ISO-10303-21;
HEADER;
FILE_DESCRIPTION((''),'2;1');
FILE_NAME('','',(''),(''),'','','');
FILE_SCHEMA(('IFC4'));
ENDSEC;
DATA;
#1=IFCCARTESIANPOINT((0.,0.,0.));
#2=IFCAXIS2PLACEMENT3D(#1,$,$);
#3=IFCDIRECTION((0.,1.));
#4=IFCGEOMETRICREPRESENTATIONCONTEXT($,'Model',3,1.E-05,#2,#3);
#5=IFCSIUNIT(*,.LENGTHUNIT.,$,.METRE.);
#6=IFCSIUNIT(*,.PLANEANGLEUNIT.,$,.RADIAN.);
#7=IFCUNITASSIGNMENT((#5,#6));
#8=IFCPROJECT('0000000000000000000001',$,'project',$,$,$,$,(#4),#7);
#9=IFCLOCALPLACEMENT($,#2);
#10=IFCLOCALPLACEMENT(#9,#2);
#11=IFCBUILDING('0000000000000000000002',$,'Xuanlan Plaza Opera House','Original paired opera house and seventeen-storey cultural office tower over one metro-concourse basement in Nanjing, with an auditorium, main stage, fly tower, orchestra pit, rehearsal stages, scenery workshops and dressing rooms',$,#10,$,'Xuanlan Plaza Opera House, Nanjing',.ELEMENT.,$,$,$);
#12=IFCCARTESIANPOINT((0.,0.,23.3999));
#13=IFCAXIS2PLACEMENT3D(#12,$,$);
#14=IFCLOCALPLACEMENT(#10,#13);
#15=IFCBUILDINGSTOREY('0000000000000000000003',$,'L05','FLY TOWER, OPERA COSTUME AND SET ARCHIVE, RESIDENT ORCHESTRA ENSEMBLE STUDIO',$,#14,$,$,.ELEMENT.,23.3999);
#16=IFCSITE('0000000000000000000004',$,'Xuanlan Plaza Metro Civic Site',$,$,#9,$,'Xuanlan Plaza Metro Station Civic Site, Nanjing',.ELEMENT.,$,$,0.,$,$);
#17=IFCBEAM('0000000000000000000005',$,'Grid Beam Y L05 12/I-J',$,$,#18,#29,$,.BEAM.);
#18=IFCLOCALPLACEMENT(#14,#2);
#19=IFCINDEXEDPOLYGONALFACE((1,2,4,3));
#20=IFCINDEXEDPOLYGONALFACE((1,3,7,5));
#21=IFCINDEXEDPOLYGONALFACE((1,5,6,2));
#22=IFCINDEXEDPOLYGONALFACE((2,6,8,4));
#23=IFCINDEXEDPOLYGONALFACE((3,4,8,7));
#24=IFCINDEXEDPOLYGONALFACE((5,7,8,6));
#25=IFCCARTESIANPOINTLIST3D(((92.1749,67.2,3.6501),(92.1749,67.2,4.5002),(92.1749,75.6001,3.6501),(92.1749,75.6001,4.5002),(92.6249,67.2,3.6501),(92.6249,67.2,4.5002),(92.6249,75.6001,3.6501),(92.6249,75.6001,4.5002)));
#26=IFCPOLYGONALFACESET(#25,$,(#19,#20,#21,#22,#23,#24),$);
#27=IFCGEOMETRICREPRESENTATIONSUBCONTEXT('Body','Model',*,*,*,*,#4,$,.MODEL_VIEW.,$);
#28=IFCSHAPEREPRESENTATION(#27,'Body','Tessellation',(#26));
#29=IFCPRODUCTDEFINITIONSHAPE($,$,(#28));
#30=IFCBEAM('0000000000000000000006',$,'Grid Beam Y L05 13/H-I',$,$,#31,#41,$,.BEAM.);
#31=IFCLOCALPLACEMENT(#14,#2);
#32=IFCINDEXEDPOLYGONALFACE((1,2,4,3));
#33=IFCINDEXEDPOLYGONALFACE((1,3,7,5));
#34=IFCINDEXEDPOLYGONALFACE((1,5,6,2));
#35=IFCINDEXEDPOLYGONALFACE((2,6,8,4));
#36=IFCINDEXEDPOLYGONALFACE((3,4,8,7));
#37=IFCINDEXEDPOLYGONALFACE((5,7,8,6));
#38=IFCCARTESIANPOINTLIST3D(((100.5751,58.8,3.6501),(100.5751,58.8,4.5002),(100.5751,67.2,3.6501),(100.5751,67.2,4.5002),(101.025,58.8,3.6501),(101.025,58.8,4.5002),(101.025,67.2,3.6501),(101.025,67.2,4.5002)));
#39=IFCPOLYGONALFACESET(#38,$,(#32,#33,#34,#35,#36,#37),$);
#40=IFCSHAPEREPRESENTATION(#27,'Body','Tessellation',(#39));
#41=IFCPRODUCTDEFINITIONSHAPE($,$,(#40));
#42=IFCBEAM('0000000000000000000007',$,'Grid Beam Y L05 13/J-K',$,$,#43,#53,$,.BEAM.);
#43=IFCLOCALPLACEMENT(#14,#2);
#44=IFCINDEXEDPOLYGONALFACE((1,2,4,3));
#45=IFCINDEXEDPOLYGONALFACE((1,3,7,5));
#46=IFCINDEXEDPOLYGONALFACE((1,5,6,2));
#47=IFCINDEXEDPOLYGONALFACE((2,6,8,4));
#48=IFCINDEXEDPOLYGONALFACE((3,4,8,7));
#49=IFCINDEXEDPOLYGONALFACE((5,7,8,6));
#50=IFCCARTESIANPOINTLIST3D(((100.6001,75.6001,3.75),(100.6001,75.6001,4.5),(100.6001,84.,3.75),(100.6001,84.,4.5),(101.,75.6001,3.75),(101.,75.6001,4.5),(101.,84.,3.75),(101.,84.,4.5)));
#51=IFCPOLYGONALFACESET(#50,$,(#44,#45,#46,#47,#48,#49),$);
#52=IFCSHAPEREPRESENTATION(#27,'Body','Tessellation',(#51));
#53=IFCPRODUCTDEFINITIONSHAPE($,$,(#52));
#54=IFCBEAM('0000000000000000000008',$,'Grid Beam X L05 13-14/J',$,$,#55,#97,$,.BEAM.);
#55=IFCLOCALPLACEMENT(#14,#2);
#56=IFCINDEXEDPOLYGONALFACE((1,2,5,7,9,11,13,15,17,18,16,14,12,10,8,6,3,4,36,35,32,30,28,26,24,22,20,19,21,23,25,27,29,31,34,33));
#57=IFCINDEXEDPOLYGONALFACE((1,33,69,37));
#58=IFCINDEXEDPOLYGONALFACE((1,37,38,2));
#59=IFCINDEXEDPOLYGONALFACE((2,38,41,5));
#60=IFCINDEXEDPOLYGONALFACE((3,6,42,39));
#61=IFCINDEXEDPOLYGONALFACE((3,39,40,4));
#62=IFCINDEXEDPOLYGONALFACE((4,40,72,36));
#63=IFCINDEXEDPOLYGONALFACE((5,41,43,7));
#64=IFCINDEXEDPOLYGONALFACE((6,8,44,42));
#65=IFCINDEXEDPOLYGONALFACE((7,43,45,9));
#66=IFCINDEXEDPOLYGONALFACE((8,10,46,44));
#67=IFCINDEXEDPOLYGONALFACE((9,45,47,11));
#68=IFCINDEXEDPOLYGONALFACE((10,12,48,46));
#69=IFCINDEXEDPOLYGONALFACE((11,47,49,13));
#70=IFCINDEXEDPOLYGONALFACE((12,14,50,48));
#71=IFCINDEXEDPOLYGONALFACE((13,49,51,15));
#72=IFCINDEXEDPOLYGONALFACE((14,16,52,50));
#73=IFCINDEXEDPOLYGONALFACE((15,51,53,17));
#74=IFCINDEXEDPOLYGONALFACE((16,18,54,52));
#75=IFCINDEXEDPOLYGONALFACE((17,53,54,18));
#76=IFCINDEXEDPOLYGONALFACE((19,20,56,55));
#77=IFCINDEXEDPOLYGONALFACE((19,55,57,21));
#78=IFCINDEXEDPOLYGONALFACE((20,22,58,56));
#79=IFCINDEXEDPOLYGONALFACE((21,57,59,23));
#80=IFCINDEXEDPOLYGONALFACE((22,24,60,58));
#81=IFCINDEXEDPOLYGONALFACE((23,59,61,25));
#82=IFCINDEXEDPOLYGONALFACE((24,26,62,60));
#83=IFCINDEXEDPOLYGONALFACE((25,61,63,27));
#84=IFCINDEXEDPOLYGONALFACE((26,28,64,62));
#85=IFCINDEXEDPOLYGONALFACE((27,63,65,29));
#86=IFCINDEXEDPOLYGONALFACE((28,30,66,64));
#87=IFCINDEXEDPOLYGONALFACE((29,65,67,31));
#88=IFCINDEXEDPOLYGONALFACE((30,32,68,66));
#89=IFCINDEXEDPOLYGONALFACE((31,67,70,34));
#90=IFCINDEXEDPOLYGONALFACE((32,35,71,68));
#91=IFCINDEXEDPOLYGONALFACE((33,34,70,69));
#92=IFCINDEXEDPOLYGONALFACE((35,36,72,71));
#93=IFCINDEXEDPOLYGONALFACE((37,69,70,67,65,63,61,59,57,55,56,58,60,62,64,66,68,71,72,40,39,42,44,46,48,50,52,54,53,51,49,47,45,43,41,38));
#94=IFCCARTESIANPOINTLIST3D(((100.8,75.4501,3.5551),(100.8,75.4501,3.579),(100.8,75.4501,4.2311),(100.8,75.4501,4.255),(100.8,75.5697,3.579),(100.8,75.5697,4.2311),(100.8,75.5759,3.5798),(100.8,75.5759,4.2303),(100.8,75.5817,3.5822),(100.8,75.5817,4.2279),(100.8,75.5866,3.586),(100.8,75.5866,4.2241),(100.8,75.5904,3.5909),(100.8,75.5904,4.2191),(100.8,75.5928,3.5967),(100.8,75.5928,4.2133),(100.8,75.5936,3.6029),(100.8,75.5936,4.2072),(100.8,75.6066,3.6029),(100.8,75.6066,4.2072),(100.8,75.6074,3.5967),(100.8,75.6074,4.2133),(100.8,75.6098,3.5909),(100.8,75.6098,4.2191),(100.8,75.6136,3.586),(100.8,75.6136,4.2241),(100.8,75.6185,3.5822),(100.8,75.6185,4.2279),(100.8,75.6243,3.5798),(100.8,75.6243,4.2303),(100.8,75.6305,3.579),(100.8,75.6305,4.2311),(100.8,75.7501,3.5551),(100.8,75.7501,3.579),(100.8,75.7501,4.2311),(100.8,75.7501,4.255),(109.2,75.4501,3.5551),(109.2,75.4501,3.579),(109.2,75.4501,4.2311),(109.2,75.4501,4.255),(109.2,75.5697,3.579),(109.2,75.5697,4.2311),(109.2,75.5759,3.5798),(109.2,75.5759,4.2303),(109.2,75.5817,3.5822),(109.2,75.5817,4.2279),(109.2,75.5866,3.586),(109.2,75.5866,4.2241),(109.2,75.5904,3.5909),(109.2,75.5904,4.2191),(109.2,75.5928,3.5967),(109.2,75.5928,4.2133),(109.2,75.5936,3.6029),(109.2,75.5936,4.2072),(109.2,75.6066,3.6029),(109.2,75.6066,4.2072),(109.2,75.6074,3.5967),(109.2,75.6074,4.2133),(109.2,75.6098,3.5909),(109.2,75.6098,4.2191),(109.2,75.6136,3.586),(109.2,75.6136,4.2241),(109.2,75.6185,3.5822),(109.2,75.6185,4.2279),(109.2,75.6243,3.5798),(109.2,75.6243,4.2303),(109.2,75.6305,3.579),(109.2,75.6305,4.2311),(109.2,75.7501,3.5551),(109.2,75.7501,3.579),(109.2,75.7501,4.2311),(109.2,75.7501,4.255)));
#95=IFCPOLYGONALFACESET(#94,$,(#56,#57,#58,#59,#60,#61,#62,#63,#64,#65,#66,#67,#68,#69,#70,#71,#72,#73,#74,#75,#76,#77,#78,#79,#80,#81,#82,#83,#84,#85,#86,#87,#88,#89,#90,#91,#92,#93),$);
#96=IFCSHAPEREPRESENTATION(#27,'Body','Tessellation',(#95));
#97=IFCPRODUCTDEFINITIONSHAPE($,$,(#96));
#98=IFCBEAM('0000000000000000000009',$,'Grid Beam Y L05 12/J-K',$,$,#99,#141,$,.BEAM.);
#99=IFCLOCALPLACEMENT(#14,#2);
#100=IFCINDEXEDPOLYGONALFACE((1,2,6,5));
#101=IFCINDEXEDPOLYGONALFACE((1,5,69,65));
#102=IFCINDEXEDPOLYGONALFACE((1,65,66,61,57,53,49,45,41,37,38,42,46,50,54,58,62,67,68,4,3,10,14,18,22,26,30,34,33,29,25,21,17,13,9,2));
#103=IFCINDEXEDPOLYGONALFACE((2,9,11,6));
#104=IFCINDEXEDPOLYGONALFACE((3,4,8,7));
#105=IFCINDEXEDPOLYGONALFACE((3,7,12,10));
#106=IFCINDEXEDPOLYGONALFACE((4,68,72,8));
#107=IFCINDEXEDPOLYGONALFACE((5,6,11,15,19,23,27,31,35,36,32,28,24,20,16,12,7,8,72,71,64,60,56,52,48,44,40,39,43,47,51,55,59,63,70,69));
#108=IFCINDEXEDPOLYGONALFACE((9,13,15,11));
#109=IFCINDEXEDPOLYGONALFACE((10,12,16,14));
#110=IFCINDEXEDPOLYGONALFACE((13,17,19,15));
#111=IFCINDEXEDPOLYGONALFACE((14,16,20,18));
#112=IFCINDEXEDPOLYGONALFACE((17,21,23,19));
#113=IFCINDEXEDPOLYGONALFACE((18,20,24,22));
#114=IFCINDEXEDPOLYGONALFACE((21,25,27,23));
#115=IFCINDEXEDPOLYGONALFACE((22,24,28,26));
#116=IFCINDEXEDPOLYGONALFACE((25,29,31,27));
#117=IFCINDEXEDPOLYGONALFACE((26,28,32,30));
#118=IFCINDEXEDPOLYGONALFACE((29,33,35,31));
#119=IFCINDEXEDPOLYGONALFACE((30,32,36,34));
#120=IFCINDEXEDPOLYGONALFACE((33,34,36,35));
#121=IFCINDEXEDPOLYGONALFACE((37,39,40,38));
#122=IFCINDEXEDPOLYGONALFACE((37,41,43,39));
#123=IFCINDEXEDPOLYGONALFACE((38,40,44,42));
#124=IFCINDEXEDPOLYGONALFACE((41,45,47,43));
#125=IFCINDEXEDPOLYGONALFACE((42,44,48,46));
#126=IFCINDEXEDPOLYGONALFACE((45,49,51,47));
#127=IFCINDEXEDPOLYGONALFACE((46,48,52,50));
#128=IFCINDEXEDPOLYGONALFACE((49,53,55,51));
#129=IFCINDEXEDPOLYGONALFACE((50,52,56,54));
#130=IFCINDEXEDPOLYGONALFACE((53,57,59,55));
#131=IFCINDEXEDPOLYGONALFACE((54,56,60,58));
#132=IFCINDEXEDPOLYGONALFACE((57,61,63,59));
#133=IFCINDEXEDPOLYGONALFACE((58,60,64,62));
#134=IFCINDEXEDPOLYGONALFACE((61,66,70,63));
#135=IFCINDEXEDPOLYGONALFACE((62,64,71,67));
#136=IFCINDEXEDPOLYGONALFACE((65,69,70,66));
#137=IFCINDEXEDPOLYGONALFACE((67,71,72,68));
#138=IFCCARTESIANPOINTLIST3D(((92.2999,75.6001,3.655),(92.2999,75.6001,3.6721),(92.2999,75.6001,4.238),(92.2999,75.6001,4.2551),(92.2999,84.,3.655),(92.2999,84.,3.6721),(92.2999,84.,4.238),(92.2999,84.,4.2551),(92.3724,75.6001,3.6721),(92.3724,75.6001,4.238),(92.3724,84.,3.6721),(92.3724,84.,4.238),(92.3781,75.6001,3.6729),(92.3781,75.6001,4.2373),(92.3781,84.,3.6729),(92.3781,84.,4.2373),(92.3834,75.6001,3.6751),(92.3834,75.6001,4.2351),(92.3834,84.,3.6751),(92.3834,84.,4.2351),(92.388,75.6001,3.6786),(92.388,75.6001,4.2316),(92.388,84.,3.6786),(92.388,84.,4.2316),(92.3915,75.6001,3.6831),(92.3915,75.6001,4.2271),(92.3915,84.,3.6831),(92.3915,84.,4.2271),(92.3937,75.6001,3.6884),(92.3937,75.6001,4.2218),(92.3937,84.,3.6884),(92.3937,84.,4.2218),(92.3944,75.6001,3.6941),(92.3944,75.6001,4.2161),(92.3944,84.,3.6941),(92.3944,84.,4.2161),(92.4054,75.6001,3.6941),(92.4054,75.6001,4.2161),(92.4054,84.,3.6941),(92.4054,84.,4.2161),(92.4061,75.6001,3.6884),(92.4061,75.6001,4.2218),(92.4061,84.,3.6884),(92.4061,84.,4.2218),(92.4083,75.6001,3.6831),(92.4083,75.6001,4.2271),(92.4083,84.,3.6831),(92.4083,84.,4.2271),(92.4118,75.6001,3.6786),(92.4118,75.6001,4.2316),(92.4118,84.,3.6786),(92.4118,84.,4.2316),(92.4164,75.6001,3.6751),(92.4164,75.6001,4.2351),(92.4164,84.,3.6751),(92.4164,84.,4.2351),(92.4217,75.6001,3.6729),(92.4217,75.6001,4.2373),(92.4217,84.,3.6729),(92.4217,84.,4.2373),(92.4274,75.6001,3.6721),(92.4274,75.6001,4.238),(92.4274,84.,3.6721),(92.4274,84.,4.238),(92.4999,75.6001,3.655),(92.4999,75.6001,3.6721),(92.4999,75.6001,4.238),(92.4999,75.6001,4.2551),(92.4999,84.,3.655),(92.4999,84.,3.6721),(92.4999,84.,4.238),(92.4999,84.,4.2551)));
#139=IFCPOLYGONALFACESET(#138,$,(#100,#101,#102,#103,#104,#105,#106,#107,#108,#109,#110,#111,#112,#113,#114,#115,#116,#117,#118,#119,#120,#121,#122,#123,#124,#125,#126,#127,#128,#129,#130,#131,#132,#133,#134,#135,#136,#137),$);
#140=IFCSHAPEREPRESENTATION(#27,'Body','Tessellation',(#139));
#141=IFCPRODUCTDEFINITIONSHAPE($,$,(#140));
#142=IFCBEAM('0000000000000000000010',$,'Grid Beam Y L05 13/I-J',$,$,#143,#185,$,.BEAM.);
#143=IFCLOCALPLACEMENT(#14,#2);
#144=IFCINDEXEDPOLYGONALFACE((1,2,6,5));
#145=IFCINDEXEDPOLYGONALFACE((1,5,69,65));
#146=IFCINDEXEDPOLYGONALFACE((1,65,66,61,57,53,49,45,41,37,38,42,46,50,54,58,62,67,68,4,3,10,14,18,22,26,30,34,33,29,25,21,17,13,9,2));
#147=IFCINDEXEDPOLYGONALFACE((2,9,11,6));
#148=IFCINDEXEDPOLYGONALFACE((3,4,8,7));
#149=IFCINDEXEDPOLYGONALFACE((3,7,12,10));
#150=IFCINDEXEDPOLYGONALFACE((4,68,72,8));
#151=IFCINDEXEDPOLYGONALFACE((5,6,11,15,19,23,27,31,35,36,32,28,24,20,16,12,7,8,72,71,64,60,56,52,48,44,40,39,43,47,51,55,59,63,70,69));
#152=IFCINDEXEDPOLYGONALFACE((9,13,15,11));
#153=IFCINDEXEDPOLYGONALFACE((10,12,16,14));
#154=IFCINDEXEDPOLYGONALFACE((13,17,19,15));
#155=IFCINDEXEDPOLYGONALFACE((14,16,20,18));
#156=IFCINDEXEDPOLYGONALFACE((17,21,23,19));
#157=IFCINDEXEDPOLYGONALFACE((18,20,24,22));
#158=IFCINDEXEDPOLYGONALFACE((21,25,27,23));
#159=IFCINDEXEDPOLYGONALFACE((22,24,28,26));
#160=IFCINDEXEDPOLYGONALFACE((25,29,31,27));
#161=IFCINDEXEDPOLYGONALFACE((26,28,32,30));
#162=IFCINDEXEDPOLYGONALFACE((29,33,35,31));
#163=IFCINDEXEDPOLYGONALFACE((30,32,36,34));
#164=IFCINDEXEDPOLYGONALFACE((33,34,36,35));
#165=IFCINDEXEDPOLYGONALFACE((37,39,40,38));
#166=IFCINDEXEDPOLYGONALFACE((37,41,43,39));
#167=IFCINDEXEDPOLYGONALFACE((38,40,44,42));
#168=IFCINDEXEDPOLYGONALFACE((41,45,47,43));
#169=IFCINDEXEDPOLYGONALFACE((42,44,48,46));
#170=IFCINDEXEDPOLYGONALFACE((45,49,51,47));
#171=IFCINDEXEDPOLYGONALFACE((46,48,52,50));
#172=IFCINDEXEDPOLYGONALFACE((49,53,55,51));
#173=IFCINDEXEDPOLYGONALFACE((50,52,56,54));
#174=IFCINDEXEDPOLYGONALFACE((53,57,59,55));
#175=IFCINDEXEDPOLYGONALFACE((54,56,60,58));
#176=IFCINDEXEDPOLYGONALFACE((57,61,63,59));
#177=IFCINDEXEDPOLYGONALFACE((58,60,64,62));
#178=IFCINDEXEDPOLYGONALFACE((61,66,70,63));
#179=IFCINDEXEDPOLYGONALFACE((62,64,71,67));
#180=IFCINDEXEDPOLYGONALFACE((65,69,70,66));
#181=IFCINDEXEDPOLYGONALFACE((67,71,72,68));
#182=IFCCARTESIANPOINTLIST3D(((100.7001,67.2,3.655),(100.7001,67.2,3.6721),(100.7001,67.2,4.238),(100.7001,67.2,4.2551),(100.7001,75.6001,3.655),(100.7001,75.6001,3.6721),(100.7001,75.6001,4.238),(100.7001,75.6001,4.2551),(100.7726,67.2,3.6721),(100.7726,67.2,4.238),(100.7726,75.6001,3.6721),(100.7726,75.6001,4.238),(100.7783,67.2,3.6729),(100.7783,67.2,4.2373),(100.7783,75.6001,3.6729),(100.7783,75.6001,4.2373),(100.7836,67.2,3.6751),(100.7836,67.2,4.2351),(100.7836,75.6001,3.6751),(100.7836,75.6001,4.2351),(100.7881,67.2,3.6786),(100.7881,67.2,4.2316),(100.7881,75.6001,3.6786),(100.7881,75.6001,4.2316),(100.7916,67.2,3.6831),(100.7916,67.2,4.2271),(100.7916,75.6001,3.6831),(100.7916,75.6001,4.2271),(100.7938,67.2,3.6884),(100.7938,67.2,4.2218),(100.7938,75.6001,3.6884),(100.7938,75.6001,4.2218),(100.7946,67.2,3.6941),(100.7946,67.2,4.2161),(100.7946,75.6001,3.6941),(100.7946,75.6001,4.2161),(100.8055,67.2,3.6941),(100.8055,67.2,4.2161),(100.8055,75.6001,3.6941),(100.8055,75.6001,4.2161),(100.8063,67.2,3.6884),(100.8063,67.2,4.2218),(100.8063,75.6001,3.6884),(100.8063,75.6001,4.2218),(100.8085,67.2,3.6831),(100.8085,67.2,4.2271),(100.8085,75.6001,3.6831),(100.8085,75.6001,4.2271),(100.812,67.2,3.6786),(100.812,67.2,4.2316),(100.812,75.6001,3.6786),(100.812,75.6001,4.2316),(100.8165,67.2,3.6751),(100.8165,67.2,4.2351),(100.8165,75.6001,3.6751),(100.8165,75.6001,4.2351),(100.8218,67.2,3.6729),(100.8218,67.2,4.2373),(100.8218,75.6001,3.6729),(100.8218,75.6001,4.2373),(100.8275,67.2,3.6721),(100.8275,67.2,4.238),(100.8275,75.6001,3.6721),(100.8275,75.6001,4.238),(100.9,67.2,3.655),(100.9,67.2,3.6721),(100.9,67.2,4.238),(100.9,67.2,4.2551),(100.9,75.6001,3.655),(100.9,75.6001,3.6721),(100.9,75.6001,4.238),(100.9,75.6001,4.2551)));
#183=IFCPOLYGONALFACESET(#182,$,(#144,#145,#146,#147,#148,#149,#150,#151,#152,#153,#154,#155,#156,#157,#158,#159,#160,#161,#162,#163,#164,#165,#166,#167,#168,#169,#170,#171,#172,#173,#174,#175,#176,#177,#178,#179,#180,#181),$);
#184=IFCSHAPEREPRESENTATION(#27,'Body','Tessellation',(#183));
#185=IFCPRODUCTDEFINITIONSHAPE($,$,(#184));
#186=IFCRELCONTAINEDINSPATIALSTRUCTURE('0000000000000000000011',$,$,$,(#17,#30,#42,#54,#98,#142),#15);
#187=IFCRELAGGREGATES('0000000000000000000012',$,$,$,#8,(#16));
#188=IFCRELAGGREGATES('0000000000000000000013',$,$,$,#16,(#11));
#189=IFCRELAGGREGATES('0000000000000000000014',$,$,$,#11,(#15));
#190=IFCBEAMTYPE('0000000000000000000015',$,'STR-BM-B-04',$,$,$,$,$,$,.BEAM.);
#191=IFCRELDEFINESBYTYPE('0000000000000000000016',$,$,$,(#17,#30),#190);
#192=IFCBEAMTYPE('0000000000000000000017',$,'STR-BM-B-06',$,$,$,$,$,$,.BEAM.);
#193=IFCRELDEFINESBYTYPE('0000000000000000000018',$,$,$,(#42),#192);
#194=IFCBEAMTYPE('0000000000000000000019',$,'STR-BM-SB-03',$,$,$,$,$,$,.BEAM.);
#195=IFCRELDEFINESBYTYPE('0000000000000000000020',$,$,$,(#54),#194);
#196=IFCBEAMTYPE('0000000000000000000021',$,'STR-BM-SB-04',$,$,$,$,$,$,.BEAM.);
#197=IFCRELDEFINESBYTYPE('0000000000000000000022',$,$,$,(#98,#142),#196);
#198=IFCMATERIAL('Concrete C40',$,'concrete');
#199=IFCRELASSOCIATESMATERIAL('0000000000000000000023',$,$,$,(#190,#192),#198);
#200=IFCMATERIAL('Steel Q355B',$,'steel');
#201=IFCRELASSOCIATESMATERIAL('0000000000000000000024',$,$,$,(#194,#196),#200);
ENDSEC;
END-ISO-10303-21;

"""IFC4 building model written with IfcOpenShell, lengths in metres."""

from ifc_helpers import new_model, si_unit, direction, frame, origin, origin_2d, place, context, subcontext, project, spatial, rectangle, i_section, extrude, material, material_profile, profile_set, type_object, element, save


model = new_model("IFC4")

# Units and contexts
model_context = context("Model", 3, precision=1e-05, world=origin(), true_north=direction((0.0, 1.0)))
body_context = subcontext(model_context, "Body", "Model", "MODEL_VIEW")
ifc_project = project(units=[si_unit("LENGTHUNIT", "METRE"), si_unit("PLANEANGLEUNIT", "RADIAN")], contexts=[model_context])

# Site, building, storey
site_placement = place(None, origin())
site = spatial("IfcSite", under=ifc_project, at=site_placement, Name="Xuanlan Plaza Metro Civic Site", LongName="Xuanlan Plaza Metro Station Civic Site, Nanjing", CompositionType="ELEMENT", RefElevation=0.0)
building_placement = place(site_placement, origin())
building = spatial("IfcBuilding", under=site, at=building_placement, Name="Xuanlan Plaza Opera House", Description="Original paired opera house and seventeen-storey cultural office tower over one metro-concourse basement in Nanjing, with an auditorium, main stage, fly tower, orchestra pit, rehearsal stages, scenery workshops and dressing rooms", LongName="Xuanlan Plaza Opera House, Nanjing", CompositionType="ELEMENT")
storey_placement = place(building_placement, frame((0.0, 0.0, 23.3999)))
storey = spatial("IfcBuildingStorey", under=building, at=storey_placement, Name="L05", Description="FLY TOWER, OPERA COSTUME AND SET ARCHIVE, RESIDENT ORCHESTRA ENSEMBLE STUDIO", CompositionType="ELEMENT", Elevation=23.3999)

# Beams
ifc_material_1 = material(Name="Concrete C40", Category="concrete")
ifc_material_profile_1 = material_profile(ifc_material_1, rectangle(XDim=0.45, YDim=0.8501, at=origin_2d()), Name="RC-BM 450x850")
ifc_profile_set_1 = profile_set([ifc_material_profile_1], Name="Concrete C40")
beam_type_1 = type_object("IfcBeamType", Name="STR-BM-B-04", PredefinedType="BEAM", material=ifc_profile_set_1)
beam_1_placement = place(storey_placement, frame((92.3999, 67.2, 4.0752), z_axis=(0.0, 1.0, 0.0), x_axis=(-1.0, 0.0, 0.0)))
element("IfcBeam", 1, at=beam_1_placement, inside=storey, type_object=beam_type_1, Name="Grid Beam Y L05 12/I-J", PredefinedType="BEAM", context=body_context, shape_type="SweptSolid", body=[
    extrude(rectangle(XDim=0.45, YDim=0.8501, at=origin_2d()), origin(), (0.0, 0.0, 1.0), 8.4001),
])
beam_2_placement = place(storey_placement, frame((100.8, 58.8, 4.0752), z_axis=(0.0, 1.0, 0.0), x_axis=(-1.0, 0.0, 0.0)))
element("IfcBeam", 2, at=beam_2_placement, inside=storey, type_object=beam_type_1, Name="Grid Beam Y L05 13/H-I", PredefinedType="BEAM", context=body_context, shape_type="SweptSolid", body=[
    extrude(rectangle(XDim=0.45, YDim=0.8501, at=origin_2d()), origin(), (0.0, 0.0, 1.0), 8.3999),
])
ifc_material_profile_2 = material_profile(ifc_material_1, rectangle(XDim=0.3999, YDim=0.75, at=origin_2d()), Name="RC-BM 400x750")
ifc_profile_set_2 = profile_set([ifc_material_profile_2], Name="Concrete C40")
beam_type_2 = type_object("IfcBeamType", Name="STR-BM-B-06", PredefinedType="BEAM", material=ifc_profile_set_2)
beam_3_placement = place(storey_placement, frame((100.8, 75.6001, 4.125), z_axis=(0.0, 1.0, 0.0), x_axis=(-1.0, 0.0, 0.0)))
element("IfcBeam", 3, at=beam_3_placement, inside=storey, type_object=beam_type_2, Name="Grid Beam Y L05 13/J-K", PredefinedType="BEAM", context=body_context, shape_type="SweptSolid", body=[
    extrude(rectangle(XDim=0.3999, YDim=0.75, at=origin_2d()), origin(), (0.0, 0.0, 1.0), 8.3999),
])
ifc_material_2 = material(Name="Steel Q355B", Category="steel")
ifc_material_profile_3 = material_profile(ifc_material_2, i_section(OverallWidth=0.3, OverallDepth=0.7, WebThickness=0.0129, FlangeThickness=0.0239, FilletRadius=0.0239, at=origin_2d()), Name="HN 700x300x13x24")
ifc_profile_set_3 = profile_set([ifc_material_profile_3], Name="Steel Q355B")
beam_type_3 = type_object("IfcBeamType", Name="STR-BM-SB-03", PredefinedType="BEAM", material=ifc_profile_set_3)
beam_4_placement = place(storey_placement, frame((100.8, 75.6001, 3.905), z_axis=(1.0, 0.0, 0.0), x_axis=(0.0, 1.0, 0.0)))
element("IfcBeam", 4, at=beam_4_placement, inside=storey, type_object=beam_type_3, Name="Grid Beam X L05 13-14/J", PredefinedType="BEAM", context=body_context, shape_type="SweptSolid", body=[
    extrude(i_section(OverallWidth=0.3, OverallDepth=0.7, WebThickness=0.0129, FlangeThickness=0.0239, FilletRadius=0.0239, at=origin_2d()), origin(), (0.0, 0.0, 1.0), 8.3999),
])
ifc_material_profile_4 = material_profile(ifc_material_2, i_section(OverallWidth=0.2, OverallDepth=0.6001, WebThickness=0.011, FlangeThickness=0.0171, FilletRadius=0.022, at=origin_2d()), Name="HN 600x200x11x17")
ifc_profile_set_4 = profile_set([ifc_material_profile_4], Name="Steel Q355B")
beam_type_4 = type_object("IfcBeamType", Name="STR-BM-SB-04", PredefinedType="BEAM", material=ifc_profile_set_4)
beam_5_placement = place(storey_placement, frame((92.3999, 75.6001, 3.9551), z_axis=(0.0, 1.0, 0.0), x_axis=(-1.0, 0.0, 0.0)))
element("IfcBeam", 5, at=beam_5_placement, inside=storey, type_object=beam_type_4, Name="Grid Beam Y L05 12/J-K", PredefinedType="BEAM", context=body_context, shape_type="SweptSolid", body=[
    extrude(i_section(OverallWidth=0.2, OverallDepth=0.6001, WebThickness=0.011, FlangeThickness=0.0171, FilletRadius=0.022, at=origin_2d()), origin(), (0.0, 0.0, 1.0), 8.3999),
])
beam_6_placement = place(storey_placement, frame((100.8, 67.2, 3.9551), z_axis=(0.0, 1.0, 0.0), x_axis=(-1.0, 0.0, 0.0)))
element("IfcBeam", 6, at=beam_6_placement, inside=storey, type_object=beam_type_4, Name="Grid Beam Y L05 13/I-J", PredefinedType="BEAM", context=body_context, shape_type="SweptSolid", body=[
    extrude(i_section(OverallWidth=0.2, OverallDepth=0.6001, WebThickness=0.011, FlangeThickness=0.0171, FilletRadius=0.022, at=origin_2d()), origin(), (0.0, 0.0, 1.0), 8.4001),
])

save(model, "model.ifc")
